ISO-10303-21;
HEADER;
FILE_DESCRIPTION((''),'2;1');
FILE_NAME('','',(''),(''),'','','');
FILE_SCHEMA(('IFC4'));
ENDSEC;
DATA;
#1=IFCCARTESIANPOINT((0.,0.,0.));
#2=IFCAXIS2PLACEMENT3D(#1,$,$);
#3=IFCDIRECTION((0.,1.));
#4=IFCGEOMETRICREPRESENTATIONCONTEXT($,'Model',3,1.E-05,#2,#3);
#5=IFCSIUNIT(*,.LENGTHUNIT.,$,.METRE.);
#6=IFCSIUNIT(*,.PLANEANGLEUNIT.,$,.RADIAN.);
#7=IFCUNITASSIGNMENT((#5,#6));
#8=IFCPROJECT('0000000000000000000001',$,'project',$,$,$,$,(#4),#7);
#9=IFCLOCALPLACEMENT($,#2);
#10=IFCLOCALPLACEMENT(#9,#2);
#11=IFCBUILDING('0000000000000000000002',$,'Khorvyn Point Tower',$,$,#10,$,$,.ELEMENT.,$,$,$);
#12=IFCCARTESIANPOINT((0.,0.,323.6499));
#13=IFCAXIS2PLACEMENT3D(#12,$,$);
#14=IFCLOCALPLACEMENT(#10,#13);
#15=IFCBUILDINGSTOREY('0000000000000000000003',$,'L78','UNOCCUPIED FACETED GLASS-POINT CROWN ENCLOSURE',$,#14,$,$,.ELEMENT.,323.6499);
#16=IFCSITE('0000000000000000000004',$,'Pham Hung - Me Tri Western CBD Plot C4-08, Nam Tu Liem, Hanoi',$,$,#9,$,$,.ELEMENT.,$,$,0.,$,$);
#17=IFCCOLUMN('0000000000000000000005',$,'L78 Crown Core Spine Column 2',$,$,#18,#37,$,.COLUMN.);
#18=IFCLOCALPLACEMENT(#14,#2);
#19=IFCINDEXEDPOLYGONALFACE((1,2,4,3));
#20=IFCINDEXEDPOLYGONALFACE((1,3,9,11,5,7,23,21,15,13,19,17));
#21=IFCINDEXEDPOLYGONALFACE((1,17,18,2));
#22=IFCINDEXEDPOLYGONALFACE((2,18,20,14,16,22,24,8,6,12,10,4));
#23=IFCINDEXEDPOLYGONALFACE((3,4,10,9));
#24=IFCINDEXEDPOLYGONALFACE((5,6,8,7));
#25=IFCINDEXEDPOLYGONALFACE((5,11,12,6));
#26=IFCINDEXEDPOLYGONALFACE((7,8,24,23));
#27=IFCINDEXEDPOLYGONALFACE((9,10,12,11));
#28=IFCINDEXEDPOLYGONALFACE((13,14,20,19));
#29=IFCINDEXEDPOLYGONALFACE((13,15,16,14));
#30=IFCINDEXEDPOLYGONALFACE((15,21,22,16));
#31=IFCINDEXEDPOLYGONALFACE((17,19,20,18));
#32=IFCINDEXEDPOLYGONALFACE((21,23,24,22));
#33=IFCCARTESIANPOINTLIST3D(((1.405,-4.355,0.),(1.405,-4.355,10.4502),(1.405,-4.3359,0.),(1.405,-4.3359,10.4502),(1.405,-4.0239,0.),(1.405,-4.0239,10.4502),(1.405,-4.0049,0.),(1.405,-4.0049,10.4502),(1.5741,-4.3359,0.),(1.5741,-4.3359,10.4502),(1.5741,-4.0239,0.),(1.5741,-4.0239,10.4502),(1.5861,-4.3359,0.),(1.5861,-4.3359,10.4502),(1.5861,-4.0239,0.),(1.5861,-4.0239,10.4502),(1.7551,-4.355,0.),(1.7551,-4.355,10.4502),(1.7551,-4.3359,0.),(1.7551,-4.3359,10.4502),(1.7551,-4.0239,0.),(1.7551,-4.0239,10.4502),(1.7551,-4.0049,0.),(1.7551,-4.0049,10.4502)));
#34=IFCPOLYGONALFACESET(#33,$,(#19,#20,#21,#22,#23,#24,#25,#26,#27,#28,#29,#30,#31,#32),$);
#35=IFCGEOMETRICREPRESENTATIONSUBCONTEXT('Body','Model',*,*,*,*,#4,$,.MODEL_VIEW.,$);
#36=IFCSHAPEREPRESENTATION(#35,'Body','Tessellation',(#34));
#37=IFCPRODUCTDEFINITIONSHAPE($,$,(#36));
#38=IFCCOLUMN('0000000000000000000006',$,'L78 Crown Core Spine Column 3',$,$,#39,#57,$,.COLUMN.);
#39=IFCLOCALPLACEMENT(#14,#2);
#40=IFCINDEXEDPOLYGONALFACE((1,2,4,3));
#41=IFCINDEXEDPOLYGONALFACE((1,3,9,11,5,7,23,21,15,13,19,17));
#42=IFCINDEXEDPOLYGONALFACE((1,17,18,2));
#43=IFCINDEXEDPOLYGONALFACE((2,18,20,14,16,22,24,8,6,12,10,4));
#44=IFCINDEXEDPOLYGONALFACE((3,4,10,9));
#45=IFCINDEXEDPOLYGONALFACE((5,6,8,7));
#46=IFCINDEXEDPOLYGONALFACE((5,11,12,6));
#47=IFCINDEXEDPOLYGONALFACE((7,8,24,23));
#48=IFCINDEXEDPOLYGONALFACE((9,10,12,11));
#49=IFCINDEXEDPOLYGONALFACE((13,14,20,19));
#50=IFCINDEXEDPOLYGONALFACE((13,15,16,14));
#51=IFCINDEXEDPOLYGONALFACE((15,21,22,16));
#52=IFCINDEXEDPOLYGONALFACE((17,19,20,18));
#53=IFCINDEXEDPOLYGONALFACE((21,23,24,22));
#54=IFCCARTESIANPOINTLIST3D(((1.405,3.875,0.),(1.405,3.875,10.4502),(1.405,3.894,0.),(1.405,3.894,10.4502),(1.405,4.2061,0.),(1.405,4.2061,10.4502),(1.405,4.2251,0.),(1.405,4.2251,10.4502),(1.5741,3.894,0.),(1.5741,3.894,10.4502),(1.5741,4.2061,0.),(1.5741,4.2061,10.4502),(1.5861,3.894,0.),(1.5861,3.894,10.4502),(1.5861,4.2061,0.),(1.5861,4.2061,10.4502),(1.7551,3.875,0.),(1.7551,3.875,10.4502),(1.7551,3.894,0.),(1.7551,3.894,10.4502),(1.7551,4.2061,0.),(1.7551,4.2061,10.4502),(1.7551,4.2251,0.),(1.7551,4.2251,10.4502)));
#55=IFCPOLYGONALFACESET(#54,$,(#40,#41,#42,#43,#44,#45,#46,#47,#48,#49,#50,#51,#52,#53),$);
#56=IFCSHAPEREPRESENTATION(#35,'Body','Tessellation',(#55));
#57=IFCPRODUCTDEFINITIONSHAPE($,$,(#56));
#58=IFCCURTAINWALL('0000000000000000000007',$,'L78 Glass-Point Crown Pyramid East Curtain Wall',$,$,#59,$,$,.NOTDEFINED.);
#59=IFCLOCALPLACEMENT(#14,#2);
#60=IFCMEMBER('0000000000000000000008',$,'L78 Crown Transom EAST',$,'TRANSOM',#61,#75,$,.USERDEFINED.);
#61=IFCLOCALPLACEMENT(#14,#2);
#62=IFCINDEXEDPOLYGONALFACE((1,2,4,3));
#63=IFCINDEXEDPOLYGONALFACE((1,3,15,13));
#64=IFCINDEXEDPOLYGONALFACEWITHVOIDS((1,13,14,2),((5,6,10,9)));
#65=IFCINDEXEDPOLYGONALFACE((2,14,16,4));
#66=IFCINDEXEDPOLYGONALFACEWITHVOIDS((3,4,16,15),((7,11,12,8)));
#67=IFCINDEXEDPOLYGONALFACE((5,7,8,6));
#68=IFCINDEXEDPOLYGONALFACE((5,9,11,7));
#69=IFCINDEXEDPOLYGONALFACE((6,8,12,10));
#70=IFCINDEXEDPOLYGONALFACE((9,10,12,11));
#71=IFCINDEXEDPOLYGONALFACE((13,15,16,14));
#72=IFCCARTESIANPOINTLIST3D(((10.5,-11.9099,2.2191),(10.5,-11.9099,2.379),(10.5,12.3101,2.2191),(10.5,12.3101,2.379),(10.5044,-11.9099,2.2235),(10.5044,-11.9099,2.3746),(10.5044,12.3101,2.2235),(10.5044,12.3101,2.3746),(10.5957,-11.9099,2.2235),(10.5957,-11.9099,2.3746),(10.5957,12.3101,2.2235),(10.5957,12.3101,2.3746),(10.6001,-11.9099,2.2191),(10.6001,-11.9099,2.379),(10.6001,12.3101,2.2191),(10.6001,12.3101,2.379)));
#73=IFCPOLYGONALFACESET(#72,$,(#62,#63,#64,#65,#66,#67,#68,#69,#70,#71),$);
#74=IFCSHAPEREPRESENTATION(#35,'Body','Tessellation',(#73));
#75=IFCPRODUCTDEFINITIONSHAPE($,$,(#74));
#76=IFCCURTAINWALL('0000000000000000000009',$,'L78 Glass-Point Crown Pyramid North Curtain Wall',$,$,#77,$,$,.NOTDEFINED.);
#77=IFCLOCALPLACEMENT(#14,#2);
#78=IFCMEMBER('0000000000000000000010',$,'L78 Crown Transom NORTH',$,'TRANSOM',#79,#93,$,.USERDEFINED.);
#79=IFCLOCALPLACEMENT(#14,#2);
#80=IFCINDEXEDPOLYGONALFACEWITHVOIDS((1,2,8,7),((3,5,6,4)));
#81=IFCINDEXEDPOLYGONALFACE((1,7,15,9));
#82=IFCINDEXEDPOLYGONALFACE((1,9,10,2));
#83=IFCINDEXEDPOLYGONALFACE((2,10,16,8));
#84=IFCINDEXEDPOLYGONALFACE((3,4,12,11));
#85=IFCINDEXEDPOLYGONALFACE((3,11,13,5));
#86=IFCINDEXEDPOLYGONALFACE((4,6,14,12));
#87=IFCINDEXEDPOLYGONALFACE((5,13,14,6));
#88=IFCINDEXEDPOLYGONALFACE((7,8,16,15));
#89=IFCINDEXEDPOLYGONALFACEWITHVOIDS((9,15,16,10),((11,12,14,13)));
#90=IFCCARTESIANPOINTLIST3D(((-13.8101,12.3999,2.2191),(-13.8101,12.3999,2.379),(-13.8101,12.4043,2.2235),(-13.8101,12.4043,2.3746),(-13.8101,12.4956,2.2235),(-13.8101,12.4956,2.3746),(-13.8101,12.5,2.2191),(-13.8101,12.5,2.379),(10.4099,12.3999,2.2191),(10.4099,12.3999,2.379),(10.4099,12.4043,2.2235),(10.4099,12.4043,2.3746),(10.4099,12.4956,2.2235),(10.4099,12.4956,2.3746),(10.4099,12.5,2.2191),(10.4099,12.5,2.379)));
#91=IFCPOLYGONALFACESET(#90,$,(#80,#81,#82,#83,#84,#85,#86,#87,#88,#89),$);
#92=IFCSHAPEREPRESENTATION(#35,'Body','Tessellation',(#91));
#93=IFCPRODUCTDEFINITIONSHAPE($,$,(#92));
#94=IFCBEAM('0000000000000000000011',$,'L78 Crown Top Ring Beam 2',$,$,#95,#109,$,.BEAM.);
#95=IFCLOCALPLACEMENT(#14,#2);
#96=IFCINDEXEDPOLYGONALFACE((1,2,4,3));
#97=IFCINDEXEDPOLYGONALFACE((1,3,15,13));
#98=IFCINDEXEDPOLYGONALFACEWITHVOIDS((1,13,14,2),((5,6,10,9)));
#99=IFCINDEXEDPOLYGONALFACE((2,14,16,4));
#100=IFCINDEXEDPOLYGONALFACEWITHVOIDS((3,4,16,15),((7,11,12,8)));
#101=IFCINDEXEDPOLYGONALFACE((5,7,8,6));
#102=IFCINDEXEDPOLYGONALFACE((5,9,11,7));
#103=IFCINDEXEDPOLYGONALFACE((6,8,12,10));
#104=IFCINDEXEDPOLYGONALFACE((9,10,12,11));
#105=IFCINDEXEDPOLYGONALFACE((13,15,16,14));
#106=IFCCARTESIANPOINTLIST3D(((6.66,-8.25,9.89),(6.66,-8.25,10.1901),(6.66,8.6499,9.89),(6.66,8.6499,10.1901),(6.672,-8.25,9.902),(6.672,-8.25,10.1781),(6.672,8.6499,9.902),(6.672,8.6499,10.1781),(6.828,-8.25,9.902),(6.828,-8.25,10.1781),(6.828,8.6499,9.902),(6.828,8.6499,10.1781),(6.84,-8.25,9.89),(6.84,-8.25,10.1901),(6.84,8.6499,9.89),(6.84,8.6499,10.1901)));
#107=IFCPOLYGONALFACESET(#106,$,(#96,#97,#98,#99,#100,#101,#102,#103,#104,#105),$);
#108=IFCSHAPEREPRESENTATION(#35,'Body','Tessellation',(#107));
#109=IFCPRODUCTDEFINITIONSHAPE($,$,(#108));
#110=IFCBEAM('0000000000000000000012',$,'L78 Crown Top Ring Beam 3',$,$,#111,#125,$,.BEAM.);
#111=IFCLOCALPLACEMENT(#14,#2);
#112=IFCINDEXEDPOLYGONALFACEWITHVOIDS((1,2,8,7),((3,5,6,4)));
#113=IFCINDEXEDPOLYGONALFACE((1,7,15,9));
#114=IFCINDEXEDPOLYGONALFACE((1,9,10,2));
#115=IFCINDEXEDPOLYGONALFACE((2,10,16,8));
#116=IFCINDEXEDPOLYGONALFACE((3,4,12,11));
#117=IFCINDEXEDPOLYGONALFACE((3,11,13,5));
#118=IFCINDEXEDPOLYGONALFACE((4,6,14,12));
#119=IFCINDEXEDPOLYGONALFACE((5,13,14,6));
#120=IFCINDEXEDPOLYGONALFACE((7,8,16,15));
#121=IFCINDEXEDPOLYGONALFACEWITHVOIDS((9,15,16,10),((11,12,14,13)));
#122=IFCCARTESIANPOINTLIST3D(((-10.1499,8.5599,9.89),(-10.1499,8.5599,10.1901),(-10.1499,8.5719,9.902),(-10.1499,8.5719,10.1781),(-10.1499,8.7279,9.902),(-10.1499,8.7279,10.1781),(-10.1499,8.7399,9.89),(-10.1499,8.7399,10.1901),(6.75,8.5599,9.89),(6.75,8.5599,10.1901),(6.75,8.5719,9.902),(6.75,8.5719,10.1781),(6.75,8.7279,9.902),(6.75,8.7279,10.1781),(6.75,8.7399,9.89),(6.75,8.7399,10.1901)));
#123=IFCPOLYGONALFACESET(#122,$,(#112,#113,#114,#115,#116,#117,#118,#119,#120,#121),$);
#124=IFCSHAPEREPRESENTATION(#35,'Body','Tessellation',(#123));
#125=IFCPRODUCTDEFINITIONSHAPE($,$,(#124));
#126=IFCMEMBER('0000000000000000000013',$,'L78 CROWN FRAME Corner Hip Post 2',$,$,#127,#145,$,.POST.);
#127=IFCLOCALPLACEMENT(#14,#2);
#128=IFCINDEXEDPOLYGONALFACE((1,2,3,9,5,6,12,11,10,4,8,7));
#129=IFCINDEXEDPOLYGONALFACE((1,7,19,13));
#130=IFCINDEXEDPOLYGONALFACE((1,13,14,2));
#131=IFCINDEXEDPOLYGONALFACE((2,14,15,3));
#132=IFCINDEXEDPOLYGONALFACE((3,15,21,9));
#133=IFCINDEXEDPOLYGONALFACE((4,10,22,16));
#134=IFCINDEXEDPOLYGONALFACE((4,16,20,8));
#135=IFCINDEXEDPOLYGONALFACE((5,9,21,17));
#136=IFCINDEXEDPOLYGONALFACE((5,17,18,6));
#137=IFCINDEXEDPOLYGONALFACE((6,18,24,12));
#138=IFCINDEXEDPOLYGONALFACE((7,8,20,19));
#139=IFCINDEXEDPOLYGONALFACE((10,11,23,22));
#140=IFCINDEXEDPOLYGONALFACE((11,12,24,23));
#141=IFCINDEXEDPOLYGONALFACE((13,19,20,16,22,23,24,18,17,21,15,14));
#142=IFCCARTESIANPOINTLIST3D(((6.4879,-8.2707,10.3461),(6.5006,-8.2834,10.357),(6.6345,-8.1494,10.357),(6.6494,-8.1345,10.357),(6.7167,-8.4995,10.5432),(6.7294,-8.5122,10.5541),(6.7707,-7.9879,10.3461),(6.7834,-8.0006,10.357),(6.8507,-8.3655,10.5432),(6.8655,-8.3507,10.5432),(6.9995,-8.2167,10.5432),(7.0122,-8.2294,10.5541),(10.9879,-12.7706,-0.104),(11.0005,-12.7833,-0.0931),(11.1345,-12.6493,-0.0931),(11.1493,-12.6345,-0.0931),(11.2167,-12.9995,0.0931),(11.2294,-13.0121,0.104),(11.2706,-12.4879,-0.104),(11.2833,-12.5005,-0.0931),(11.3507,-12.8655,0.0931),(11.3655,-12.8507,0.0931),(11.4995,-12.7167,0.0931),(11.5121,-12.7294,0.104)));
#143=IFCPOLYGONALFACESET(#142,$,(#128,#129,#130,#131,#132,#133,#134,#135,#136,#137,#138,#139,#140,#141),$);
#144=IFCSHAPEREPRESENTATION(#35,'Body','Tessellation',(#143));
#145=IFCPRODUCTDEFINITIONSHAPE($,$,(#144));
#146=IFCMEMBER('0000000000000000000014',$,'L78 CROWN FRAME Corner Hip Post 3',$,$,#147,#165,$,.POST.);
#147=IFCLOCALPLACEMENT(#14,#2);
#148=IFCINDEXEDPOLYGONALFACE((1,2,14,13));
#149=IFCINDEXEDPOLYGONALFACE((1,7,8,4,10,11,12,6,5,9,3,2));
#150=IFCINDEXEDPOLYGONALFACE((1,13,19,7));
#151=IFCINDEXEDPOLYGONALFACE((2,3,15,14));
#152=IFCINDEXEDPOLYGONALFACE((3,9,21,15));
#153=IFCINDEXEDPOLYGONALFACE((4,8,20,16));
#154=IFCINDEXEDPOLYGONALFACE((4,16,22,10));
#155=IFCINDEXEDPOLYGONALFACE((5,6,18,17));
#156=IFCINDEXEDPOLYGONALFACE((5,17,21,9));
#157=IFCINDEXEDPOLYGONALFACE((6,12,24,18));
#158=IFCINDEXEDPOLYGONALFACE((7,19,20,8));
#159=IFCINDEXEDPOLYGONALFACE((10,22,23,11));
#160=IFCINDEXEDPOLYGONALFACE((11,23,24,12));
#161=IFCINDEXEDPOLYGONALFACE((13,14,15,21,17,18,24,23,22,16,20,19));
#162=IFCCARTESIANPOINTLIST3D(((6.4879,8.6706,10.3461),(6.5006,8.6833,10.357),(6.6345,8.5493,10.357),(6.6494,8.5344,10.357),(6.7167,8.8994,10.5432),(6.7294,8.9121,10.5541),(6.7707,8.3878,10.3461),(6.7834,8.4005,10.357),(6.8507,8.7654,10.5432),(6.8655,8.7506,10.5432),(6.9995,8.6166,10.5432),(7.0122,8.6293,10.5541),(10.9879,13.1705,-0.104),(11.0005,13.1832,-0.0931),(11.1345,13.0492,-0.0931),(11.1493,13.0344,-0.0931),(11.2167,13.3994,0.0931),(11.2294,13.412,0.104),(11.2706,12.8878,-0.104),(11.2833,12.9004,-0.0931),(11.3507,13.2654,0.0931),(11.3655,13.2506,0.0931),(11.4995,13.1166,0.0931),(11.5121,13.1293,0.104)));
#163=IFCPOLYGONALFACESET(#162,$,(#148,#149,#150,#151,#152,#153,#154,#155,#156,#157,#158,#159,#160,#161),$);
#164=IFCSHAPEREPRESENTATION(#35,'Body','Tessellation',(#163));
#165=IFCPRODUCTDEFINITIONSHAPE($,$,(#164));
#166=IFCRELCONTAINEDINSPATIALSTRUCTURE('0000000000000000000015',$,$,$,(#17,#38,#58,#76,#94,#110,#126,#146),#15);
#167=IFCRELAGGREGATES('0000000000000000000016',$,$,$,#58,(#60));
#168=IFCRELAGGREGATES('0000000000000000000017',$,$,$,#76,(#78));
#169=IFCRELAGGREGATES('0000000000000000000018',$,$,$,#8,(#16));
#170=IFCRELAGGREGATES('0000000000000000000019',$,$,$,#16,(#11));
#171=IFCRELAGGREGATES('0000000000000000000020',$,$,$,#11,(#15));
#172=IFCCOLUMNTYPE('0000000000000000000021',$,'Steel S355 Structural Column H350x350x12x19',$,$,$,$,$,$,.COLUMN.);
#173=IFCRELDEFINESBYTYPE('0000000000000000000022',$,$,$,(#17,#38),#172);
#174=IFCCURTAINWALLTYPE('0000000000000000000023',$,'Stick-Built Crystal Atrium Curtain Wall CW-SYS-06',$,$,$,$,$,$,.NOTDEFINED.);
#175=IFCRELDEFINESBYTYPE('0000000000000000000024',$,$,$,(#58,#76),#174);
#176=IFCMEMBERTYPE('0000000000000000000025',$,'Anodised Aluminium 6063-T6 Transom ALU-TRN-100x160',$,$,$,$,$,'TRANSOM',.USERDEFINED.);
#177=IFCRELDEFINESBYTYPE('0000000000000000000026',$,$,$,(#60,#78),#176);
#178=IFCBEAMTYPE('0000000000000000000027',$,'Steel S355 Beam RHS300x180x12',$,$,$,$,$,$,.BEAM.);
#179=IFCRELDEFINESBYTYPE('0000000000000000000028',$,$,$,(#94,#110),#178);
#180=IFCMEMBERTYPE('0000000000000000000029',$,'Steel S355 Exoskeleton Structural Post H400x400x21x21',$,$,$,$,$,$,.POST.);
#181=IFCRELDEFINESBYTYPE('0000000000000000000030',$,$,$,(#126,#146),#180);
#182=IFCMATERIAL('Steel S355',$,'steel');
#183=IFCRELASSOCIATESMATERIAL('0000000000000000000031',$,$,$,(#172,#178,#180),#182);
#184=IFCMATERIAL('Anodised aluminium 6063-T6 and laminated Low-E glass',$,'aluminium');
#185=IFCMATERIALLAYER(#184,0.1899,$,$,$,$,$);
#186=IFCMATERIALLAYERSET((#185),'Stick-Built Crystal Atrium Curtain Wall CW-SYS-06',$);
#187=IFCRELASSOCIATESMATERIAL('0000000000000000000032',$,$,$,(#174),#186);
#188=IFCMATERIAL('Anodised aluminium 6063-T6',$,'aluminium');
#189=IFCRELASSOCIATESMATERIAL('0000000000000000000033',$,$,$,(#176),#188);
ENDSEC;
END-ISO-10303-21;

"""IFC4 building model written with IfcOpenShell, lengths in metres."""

from ifc_helpers import new_model, si_unit, direction, frame, origin, origin_2d, place, context, subcontext, project, spatial, hollow_rectangle, i_section, extrude, material, layer, layer_set, material_profile, profile_set, type_object, element, aggregate, save


model = new_model("IFC4")

# Units and contexts
model_context = context("Model", 3, precision=1e-05, world=origin(), true_north=direction((0.0, 1.0)))
body_context = subcontext(model_context, "Body", "Model", "MODEL_VIEW")
ifc_project = project(units=[si_unit("LENGTHUNIT", "METRE"), si_unit("PLANEANGLEUNIT", "RADIAN")], contexts=[model_context])

# Site, building, storey
site_placement = place(None, origin())
site = spatial("IfcSite", under=ifc_project, at=site_placement, Name="Pham Hung - Me Tri Western CBD Plot C4-08, Nam Tu Liem, Hanoi", CompositionType="ELEMENT", RefElevation=0.0)
building_placement = place(site_placement, origin())
building = spatial("IfcBuilding", under=site, at=building_placement, Name="Khorvyn Point Tower", CompositionType="ELEMENT")
storey_placement = place(building_placement, frame((0.0, 0.0, 323.6499)))
storey = spatial("IfcBuildingStorey", under=building, at=storey_placement, Name="L78", Description="UNOCCUPIED FACETED GLASS-POINT CROWN ENCLOSURE", CompositionType="ELEMENT", Elevation=323.6499)

# Columns
ifc_material_1 = material(Name="Steel S355", Category="steel")
ifc_material_profile_1 = material_profile(ifc_material_1, i_section(OverallWidth=0.3501, OverallDepth=0.3501, WebThickness=0.012, FlangeThickness=0.019, at=origin_2d()))
ifc_profile_set_1 = profile_set([ifc_material_profile_1], Name="Steel S355 H350x350x12x19")
column_type = type_object("IfcColumnType", Name="Steel S355 Structural Column H350x350x12x19", PredefinedType="COLUMN", material=ifc_profile_set_1)
for number, where, z_axis, x_axis, name in (
    (1, (1.5801, -4.1799, 0.0), (0.0, 0.0, 1.0), (1.0, 0.0, 0.0), "L78 Crown Core Spine Column 2"),
    (2, (1.5801, 4.05, 0.0), (0.0, 0.0, 1.0), (1.0, 0.0, 0.0), "L78 Crown Core Spine Column 3"),
):
    element("IfcColumn", number, at=place(storey_placement, frame(where, z_axis=z_axis, x_axis=x_axis)), inside=storey, type_object=column_type, Name=name, PredefinedType="COLUMN", context=body_context, shape_type="SweptSolid", body=[
        extrude(i_section(OverallWidth=0.3501, OverallDepth=0.3501, WebThickness=0.012, FlangeThickness=0.019, at=origin_2d()), origin(), (0.0, 0.0, 1.0), 10.4502),
    ])

# Curtain walls, members
ifc_material_2 = material(Name="Anodised aluminium 6063-T6 and laminated Low-E glass", Category="aluminium")
ifc_layer_1 = layer(ifc_material_2, 0.1899)
ifc_layer_set_1 = layer_set([ifc_layer_1], Name="Stick-Built Crystal Atrium Curtain Wall CW-SYS-06")
curtain_wall_type = type_object("IfcCurtainWallType", Name="Stick-Built Crystal Atrium Curtain Wall CW-SYS-06", PredefinedType="NOTDEFINED", material=ifc_layer_set_1)
curtain_wall_1_placement = place(storey_placement, origin())
curtain_wall_1 = element("IfcCurtainWall", 3, at=curtain_wall_1_placement, inside=storey, type_object=curtain_wall_type, Name="L78 Glass-Point Crown Pyramid East Curtain Wall", PredefinedType="NOTDEFINED")
ifc_material_3 = material(Name="Anodised aluminium 6063-T6", Category="aluminium")
ifc_material_profile_2 = material_profile(ifc_material_3, hollow_rectangle(XDim=0.1001, YDim=0.1599, WallThickness=0.0044, at=origin_2d()))
ifc_profile_set_2 = profile_set([ifc_material_profile_2], Name="Anodised aluminium 6063-T6 ALU-TRN-100x160")
member_type_1 = type_object("IfcMemberType", Name="Anodised Aluminium 6063-T6 Transom ALU-TRN-100x160", ElementType="TRANSOM", PredefinedType="USERDEFINED", material=ifc_profile_set_2)
member_1_placement = place(storey_placement, frame((10.55, -11.9099, 2.2991), z_axis=(0.0, 1.0, 0.0), x_axis=(-1.0, 0.0, 0.0)))
member_1 = element("IfcMember", 4, at=member_1_placement, type_object=member_type_1, Name="L78 Crown Transom EAST", ObjectType="TRANSOM", PredefinedType="USERDEFINED", context=body_context, shape_type="SweptSolid", body=[
    extrude(hollow_rectangle(XDim=0.1001, YDim=0.1599, WallThickness=0.0044, at=origin_2d()), origin(), (0.0, 0.0, 1.0), 24.22),
])
curtain_wall_2_placement = place(storey_placement, origin())
curtain_wall_2 = element("IfcCurtainWall", 5, at=curtain_wall_2_placement, inside=storey, type_object=curtain_wall_type, Name="L78 Glass-Point Crown Pyramid North Curtain Wall", PredefinedType="NOTDEFINED")
member_2_placement = place(storey_placement, frame((10.4099, 12.45, 2.2991), z_axis=(-1.0, 0.0, 0.0), x_axis=(0.0, -1.0, 0.0)))
member_2 = element("IfcMember", 6, at=member_2_placement, type_object=member_type_1, Name="L78 Crown Transom NORTH", ObjectType="TRANSOM", PredefinedType="USERDEFINED", context=body_context, shape_type="SweptSolid", body=[
    extrude(hollow_rectangle(XDim=0.1001, YDim=0.1599, WallThickness=0.0044, at=origin_2d()), origin(), (0.0, 0.0, 1.0), 24.22),
])

# Beams
ifc_material_profile_3 = material_profile(ifc_material_1, hollow_rectangle(XDim=0.1799, YDim=0.3, WallThickness=0.012, at=origin_2d()))
ifc_profile_set_3 = profile_set([ifc_material_profile_3], Name="Steel S355 RHS300x180x12")
beam_type_1 = type_object("IfcBeamType", Name="Steel S355 Beam RHS300x180x12", PredefinedType="BEAM", material=ifc_profile_set_3)
for number, where, z_axis, x_axis, name in (
    (7, (6.75, -8.25, 10.04), (0.0, 1.0, 0.0), (-1.0, 0.0, 0.0), "L78 Crown Top Ring Beam 2"),
    (8, (6.75, 8.6499, 10.04), (-1.0, 0.0, 0.0), (0.0, -1.0, 0.0), "L78 Crown Top Ring Beam 3"),
):
    element("IfcBeam", number, at=place(storey_placement, frame(where, z_axis=z_axis, x_axis=x_axis)), inside=storey, type_object=beam_type_1, Name=name, PredefinedType="BEAM", context=body_context, shape_type="SweptSolid", body=[
        extrude(hollow_rectangle(XDim=0.1799, YDim=0.3, WallThickness=0.012, at=origin_2d()), origin(), (0.0, 0.0, 1.0), 16.8999),
    ])

# Members
ifc_material_profile_4 = material_profile(ifc_material_1, i_section(OverallWidth=0.3999, OverallDepth=0.3999, WebThickness=0.021, FlangeThickness=0.021, at=origin_2d()))
ifc_profile_set_4 = profile_set([ifc_material_profile_4], Name="Steel S355 H400x400x21x21")
member_type_2 = type_object("IfcMemberType", Name="Steel S355 Exoskeleton Structural Post H400x400x21x21", PredefinedType="POST", material=ifc_profile_set_4)
for number, where, z_axis, x_axis, name in (
    (9, (11.25, -12.75, 0.0), (-0.367783, 0.367783, 0.854091), (-0.707107, -0.707107, 0.0), "L78 CROWN FRAME Corner Hip Post 2"),
    (10, (11.25, 13.1499, 0.0), (-0.367783, -0.367783, 0.854091), (0.707107, -0.707107, 0.0), "L78 CROWN FRAME Corner Hip Post 3"),
):
    element("IfcMember", number, at=place(storey_placement, frame(where, z_axis=z_axis, x_axis=x_axis)), inside=storey, type_object=member_type_2, Name=name, PredefinedType="POST", context=body_context, shape_type="SweptSolid", body=[
        extrude(i_section(OverallWidth=0.3999, OverallDepth=0.3999, WebThickness=0.021, FlangeThickness=0.021, at=origin_2d()), origin(), (0.0, 0.0, 1.0), 12.2354),
    ])

aggregate(curtain_wall_1, [member_1])
aggregate(curtain_wall_2, [member_2])

save(model, "model.ifc")
